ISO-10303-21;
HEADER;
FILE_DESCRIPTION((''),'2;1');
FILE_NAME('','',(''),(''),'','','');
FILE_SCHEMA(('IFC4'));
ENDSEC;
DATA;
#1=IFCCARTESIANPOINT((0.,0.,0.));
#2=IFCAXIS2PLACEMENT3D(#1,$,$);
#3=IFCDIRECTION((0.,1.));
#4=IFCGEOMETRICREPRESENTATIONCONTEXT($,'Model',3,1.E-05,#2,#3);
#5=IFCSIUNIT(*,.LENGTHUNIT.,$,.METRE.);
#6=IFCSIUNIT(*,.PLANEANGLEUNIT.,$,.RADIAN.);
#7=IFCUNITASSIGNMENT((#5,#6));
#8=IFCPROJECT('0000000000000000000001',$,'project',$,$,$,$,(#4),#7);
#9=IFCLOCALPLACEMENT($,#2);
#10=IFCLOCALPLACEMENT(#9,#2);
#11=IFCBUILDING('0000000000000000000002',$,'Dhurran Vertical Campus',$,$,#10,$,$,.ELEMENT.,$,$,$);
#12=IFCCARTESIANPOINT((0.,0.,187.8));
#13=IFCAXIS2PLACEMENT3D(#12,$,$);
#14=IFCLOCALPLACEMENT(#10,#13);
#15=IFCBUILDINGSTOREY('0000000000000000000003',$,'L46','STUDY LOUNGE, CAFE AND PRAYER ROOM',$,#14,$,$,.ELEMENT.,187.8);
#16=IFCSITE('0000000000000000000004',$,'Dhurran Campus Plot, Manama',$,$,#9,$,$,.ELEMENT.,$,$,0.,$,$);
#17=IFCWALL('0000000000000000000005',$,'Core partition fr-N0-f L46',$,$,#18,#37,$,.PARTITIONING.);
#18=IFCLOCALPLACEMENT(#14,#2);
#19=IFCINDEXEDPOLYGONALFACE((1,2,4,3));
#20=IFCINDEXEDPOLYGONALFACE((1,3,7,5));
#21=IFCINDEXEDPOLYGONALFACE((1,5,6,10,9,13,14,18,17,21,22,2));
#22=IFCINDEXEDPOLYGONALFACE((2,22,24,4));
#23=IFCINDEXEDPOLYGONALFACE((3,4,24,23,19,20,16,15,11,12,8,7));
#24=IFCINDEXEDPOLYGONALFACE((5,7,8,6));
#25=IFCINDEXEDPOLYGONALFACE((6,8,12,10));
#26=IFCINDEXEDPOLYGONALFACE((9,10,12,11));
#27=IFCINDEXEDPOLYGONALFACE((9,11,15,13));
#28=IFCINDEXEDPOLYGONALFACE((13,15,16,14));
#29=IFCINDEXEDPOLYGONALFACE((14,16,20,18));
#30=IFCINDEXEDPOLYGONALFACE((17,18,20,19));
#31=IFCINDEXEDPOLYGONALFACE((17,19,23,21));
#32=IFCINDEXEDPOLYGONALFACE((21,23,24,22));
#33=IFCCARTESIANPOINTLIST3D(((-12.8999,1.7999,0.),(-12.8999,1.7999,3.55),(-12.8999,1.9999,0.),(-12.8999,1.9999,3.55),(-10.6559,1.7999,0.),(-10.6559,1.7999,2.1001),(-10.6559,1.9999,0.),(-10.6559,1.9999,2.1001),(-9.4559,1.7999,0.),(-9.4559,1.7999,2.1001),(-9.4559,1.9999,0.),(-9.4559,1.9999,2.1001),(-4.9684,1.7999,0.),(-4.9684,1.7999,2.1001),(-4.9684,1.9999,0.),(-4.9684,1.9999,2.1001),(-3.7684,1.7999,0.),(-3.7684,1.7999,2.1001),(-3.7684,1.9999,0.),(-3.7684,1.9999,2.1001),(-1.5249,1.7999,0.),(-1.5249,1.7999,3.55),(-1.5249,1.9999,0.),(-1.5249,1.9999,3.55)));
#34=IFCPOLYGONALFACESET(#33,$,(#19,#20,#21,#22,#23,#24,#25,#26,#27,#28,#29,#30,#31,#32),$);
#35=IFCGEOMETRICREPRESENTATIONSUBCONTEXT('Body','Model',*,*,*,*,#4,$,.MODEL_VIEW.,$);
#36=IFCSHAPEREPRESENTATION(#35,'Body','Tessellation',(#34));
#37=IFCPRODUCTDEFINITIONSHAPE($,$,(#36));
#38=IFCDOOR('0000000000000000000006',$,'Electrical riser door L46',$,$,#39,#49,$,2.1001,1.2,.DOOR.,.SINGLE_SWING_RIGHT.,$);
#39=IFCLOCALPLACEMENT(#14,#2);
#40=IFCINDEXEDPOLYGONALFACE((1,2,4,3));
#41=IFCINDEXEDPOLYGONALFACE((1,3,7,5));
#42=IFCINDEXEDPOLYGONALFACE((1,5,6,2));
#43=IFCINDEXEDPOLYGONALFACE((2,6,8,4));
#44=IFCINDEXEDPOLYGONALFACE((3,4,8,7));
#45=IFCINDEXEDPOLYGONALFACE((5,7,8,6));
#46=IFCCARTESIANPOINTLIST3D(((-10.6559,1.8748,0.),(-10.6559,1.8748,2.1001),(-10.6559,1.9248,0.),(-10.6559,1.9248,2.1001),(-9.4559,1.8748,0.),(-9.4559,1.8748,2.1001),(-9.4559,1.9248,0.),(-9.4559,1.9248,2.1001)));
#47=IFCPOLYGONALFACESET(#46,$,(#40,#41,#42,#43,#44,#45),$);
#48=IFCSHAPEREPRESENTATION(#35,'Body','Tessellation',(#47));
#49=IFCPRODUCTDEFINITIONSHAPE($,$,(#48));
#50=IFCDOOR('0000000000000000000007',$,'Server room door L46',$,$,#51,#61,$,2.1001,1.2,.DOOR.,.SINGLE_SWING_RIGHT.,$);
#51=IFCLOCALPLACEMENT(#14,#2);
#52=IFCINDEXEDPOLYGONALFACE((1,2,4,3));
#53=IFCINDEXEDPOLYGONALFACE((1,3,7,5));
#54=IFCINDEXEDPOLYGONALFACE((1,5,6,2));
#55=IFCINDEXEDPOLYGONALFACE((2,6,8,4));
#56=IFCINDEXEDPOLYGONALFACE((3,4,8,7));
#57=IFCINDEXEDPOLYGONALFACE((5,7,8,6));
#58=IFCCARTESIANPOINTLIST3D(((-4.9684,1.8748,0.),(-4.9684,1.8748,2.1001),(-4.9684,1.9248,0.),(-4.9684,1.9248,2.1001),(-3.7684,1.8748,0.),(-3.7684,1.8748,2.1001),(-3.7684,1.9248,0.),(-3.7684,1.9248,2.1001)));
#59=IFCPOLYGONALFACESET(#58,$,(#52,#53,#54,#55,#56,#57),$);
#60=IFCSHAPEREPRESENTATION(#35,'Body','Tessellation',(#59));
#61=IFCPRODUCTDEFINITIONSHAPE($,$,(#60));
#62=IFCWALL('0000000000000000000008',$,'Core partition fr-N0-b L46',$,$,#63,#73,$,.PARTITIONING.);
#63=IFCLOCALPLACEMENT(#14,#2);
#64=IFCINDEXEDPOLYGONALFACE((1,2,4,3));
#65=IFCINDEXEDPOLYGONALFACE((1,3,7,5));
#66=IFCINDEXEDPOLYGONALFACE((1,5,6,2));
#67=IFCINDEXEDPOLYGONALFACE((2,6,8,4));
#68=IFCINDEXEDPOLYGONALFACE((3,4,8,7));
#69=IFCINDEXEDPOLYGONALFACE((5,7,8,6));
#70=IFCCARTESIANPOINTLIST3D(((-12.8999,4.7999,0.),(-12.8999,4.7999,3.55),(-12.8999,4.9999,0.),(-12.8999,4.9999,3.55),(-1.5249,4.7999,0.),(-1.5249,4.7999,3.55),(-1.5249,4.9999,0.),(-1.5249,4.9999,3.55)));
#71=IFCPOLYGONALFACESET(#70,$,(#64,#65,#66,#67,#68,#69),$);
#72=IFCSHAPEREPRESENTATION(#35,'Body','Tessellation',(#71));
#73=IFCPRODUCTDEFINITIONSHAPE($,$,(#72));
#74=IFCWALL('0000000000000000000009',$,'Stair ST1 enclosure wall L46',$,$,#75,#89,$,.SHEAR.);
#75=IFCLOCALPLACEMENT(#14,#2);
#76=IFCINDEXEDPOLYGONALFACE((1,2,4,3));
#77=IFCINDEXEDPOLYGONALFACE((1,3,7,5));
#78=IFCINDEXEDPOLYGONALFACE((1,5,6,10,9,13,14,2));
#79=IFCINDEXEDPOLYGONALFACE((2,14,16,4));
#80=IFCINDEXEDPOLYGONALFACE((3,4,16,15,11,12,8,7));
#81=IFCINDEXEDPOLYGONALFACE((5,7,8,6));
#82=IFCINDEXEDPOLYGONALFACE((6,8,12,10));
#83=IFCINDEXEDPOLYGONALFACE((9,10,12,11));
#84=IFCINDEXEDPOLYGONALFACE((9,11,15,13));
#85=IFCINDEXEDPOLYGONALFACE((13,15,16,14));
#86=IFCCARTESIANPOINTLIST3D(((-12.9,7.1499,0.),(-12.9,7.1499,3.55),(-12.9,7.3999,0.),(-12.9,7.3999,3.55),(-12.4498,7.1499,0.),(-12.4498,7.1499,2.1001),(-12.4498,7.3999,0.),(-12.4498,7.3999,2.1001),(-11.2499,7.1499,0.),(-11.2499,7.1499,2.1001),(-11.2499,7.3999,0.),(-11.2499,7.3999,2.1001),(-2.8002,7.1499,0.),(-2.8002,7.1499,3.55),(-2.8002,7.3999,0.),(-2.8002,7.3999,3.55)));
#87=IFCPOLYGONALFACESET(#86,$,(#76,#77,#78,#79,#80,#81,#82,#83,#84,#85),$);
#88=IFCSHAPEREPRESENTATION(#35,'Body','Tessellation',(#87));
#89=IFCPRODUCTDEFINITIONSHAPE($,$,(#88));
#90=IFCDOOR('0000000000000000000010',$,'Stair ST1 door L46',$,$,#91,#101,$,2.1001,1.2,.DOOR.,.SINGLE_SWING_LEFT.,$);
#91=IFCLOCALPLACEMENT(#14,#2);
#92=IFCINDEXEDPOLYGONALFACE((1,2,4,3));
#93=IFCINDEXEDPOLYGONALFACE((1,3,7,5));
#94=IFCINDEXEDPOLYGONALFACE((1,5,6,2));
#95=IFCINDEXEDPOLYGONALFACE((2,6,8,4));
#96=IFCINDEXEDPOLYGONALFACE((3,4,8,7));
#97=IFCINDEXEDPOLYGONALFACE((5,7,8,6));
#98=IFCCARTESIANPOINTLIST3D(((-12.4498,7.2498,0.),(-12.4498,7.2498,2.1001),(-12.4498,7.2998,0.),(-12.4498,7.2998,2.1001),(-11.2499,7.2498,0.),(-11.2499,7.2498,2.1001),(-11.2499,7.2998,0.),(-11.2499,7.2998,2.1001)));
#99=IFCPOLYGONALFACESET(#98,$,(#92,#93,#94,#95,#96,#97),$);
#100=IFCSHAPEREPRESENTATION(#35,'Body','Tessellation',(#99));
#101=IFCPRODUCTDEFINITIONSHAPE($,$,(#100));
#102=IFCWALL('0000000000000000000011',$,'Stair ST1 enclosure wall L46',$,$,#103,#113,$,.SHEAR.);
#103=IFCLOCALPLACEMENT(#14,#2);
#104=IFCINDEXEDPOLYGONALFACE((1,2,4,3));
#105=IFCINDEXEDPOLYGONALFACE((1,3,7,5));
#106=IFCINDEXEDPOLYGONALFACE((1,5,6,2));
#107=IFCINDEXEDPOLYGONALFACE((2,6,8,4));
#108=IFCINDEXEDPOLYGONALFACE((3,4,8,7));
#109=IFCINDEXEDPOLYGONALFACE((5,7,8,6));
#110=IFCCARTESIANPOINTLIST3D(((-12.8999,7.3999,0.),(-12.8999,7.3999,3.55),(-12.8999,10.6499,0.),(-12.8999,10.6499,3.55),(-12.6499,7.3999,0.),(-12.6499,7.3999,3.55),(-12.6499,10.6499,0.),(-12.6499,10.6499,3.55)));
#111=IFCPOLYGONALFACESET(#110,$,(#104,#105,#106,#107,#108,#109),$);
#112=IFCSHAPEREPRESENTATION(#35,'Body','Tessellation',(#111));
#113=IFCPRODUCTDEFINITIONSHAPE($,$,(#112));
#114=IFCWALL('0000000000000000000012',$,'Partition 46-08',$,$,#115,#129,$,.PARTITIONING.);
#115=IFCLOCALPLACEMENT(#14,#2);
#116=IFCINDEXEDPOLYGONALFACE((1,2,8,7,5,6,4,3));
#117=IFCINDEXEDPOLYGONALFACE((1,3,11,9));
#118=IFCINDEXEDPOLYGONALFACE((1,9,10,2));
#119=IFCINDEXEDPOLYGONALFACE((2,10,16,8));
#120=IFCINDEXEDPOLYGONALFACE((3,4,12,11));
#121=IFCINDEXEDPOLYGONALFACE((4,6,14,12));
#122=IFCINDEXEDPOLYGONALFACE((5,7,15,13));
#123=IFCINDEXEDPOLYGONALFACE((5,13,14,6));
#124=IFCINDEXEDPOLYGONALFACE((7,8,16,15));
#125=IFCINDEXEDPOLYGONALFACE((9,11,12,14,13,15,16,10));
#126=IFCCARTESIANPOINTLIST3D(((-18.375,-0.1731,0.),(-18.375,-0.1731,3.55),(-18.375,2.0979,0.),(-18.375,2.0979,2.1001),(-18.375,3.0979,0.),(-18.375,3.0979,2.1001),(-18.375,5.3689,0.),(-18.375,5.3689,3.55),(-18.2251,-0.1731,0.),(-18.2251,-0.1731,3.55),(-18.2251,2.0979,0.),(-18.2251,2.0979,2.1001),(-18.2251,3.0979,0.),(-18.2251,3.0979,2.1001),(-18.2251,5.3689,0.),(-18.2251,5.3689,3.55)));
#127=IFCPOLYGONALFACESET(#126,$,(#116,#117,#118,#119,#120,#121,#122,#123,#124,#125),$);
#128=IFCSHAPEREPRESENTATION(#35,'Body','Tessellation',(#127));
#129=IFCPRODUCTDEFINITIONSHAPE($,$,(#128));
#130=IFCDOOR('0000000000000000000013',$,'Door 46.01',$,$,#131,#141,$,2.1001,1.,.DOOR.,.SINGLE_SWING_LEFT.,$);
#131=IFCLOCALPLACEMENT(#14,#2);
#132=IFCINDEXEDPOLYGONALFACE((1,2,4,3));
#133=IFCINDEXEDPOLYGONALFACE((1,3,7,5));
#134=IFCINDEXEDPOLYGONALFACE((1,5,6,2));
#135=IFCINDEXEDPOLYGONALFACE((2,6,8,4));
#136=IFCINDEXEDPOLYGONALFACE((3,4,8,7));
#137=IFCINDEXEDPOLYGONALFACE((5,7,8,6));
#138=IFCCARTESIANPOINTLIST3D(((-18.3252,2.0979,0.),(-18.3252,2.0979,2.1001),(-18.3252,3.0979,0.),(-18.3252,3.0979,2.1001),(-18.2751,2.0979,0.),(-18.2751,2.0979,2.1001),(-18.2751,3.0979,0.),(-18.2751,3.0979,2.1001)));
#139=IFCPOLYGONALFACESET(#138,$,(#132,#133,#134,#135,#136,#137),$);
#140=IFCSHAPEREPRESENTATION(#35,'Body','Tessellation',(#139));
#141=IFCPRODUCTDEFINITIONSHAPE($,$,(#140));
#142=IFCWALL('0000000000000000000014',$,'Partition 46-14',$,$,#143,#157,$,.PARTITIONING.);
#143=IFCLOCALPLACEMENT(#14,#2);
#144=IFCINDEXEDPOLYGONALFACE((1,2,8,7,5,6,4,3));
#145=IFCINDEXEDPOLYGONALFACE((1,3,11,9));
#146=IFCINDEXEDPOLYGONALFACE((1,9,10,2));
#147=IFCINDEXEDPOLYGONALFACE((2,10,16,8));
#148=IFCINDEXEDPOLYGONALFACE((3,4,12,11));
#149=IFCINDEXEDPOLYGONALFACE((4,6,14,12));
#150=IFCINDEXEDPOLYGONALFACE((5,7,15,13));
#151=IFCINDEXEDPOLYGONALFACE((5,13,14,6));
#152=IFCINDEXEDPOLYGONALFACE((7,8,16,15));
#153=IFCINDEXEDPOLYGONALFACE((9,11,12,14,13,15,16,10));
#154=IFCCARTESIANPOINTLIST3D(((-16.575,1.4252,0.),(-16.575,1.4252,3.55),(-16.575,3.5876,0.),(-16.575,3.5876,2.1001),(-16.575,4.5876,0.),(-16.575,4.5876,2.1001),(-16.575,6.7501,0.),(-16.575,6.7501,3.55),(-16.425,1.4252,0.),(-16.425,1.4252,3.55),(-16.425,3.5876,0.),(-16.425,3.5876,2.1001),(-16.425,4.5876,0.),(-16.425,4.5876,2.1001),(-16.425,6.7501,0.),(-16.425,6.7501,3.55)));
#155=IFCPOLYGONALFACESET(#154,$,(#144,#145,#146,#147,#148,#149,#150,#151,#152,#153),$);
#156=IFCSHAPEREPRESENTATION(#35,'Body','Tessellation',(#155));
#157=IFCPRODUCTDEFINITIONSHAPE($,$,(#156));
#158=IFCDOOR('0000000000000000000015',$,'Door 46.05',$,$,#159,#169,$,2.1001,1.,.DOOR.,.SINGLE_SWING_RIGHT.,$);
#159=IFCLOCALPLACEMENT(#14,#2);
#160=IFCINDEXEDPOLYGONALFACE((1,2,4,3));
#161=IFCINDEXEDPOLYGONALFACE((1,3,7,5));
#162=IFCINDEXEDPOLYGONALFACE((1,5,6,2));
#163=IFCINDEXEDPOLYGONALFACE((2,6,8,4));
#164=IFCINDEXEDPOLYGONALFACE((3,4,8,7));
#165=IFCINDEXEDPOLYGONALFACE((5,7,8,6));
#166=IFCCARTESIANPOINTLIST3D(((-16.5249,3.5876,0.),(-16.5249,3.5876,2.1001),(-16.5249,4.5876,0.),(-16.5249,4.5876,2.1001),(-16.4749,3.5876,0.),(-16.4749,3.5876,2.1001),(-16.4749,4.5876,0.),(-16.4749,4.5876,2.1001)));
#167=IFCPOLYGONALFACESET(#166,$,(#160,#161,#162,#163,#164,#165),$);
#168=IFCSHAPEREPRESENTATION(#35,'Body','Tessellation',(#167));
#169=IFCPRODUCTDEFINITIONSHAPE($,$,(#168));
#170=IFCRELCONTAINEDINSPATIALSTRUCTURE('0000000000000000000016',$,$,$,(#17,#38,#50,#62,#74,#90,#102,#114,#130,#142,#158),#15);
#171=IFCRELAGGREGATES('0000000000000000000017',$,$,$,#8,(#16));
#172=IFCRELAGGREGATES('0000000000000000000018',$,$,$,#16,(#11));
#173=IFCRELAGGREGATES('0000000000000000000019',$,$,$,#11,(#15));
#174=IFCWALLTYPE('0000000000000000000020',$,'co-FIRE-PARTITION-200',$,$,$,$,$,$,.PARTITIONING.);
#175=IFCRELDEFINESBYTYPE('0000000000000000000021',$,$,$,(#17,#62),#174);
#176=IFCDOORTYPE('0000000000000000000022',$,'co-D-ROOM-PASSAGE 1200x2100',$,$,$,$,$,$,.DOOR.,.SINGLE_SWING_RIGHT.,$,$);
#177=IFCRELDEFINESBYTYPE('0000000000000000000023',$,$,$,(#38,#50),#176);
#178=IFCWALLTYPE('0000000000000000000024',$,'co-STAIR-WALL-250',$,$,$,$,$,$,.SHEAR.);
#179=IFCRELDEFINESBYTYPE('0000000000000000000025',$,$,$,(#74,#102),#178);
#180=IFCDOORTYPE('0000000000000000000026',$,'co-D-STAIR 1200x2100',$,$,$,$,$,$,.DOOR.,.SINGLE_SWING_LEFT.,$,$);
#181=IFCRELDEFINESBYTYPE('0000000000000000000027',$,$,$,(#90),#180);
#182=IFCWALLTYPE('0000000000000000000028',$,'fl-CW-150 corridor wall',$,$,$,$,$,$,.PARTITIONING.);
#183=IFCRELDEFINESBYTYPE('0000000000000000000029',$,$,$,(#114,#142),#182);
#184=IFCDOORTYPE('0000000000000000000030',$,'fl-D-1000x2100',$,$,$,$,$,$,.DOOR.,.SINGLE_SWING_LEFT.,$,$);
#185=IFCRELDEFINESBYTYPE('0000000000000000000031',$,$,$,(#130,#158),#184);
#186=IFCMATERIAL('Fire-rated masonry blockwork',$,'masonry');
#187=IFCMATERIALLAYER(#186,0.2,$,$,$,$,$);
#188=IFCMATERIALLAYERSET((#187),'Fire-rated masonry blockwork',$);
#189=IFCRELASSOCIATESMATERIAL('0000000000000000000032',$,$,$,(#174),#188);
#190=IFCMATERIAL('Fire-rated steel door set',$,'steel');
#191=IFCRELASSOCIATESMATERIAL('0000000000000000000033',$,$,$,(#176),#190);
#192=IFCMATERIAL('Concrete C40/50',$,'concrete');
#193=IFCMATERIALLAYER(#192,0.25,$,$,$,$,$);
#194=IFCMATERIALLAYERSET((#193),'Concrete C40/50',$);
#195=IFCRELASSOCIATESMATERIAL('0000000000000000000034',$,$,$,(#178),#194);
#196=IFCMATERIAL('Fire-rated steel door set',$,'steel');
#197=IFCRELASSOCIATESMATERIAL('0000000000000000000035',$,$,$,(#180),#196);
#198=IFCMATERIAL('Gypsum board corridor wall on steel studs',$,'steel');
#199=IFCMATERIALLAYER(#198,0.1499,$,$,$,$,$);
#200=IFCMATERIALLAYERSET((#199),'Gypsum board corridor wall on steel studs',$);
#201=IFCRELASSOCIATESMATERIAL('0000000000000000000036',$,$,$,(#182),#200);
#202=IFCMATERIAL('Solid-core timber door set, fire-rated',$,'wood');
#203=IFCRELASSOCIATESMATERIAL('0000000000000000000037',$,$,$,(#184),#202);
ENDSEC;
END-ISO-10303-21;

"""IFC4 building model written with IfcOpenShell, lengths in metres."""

from ifc_helpers import new_model, si_unit, direction, frame, frame_2d, origin, place, context, subcontext, project, spatial, rectangle, extrude, material, layer, layer_set, type_object, element, fill, save


model = new_model("IFC4")

# Units and contexts
model_context = context("Model", 3, precision=1e-05, world=origin(), true_north=direction((0.0, 1.0)))
body_context = subcontext(model_context, "Body", "Model", "MODEL_VIEW")
ifc_project = project(units=[si_unit("LENGTHUNIT", "METRE"), si_unit("PLANEANGLEUNIT", "RADIAN")], contexts=[model_context])

# Site, building, storey
site_placement = place(None, origin())
site = spatial("IfcSite", under=ifc_project, at=site_placement, Name="Dhurran Campus Plot, Manama", CompositionType="ELEMENT", RefElevation=0.0)
building_placement = place(site_placement, origin())
building = spatial("IfcBuilding", under=site, at=building_placement, Name="Dhurran Vertical Campus", CompositionType="ELEMENT")
storey_placement = place(building_placement, frame((0.0, 0.0, 187.8)))
storey = spatial("IfcBuildingStorey", under=building, at=storey_placement, Name="L46", Description="STUDY LOUNGE, CAFE AND PRAYER ROOM", CompositionType="ELEMENT", Elevation=187.8)

# Wall, openings, doors
ifc_material_1 = material(Name="Fire-rated masonry blockwork", Category="masonry")
ifc_layer_1 = layer(ifc_material_1, 0.2)
ifc_layer_set_1 = layer_set([ifc_layer_1], Name="Fire-rated masonry blockwork")
wall_type_1 = type_object("IfcWallType", Name="co-FIRE-PARTITION-200", PredefinedType="PARTITIONING", material=ifc_layer_set_1)
wall_1_placement = place(storey_placement, frame((-12.8999, 1.8999, 0.0), z_axis=(0.0, 0.0, 1.0), x_axis=(1.0, 0.0, 0.0)))
wall_1 = element("IfcWall", 1, at=wall_1_placement, inside=storey, type_object=wall_type_1, Name="Core partition fr-N0-f L46", PredefinedType="PARTITIONING", context=body_context, shape_type="SweptSolid", body=[
    extrude(rectangle(XDim=11.375, YDim=0.2, at=frame_2d((5.6875, 0.0))), origin(), (0.0, 0.0, 1.0), 3.55),
])
opening_1_placement = place(wall_1_placement, frame((2.2439, 0.0, 0.0)))
opening_1 = element("IfcOpeningElement", 2, at=opening_1_placement, cuts=wall_1, PredefinedType="OPENING", context=body_context, shape_type="SweptSolid", body=[
    extrude(rectangle(XDim=1.2, YDim=2.1001, at=frame_2d((0.6001, 1.05))), frame((0.0, 0.1099, 0.0), z_axis=(0.0, -1.0, 0.0), x_axis=(1.0, 0.0, 0.0)), (0.0, 0.0, 1.0), 0.22),
])
opening_2_placement = place(wall_1_placement, frame((7.9314, 0.0, 0.0)))
opening_2 = element("IfcOpeningElement", 3, at=opening_2_placement, cuts=wall_1, PredefinedType="OPENING", context=body_context, shape_type="SweptSolid", body=[
    extrude(rectangle(XDim=1.2, YDim=2.1001, at=frame_2d((0.6001, 1.05))), frame((0.0, 0.1099, 0.0), z_axis=(0.0, -1.0, 0.0), x_axis=(1.0, 0.0, 0.0)), (0.0, 0.0, 1.0), 0.22),
])
ifc_material_2 = material(Name="Fire-rated steel door set", Category="steel")
door_type_1 = type_object("IfcDoorType", Name="co-D-ROOM-PASSAGE 1200x2100", OperationType="SINGLE_SWING_RIGHT", PredefinedType="DOOR", material=ifc_material_2)
door_1_placement = place(opening_1_placement, origin())
door_1 = element("IfcDoor", 4, at=door_1_placement, inside=storey, type_object=door_type_1, Name="Electrical riser door L46", OperationType="SINGLE_SWING_RIGHT", OverallHeight=2.1001, OverallWidth=1.2, PredefinedType="DOOR", context=body_context, shape_type="SweptSolid", body=[
    extrude(rectangle(XDim=1.2, YDim=2.1001, at=frame_2d((0.6001, 1.05))), frame((0.0, 0.0249, 0.0), z_axis=(0.0, -1.0, 0.0), x_axis=(1.0, 0.0, 0.0)), (0.0, 0.0, 1.0), 0.05),
])
fill(opening_1, door_1)
door_2_placement = place(opening_2_placement, origin())
door_2 = element("IfcDoor", 5, at=door_2_placement, inside=storey, type_object=door_type_1, Name="Server room door L46", OperationType="SINGLE_SWING_RIGHT", OverallHeight=2.1001, OverallWidth=1.2, PredefinedType="DOOR", context=body_context, shape_type="SweptSolid", body=[
    extrude(rectangle(XDim=1.2, YDim=2.1001, at=frame_2d((0.6001, 1.05))), frame((0.0, 0.0249, 0.0), z_axis=(0.0, -1.0, 0.0), x_axis=(1.0, 0.0, 0.0)), (0.0, 0.0, 1.0), 0.05),
])
fill(opening_2, door_2)

# Wall
wall_2_placement = place(storey_placement, frame((-12.8999, 4.8999, 0.0), z_axis=(0.0, 0.0, 1.0), x_axis=(1.0, 0.0, 0.0)))
element("IfcWall", 6, at=wall_2_placement, inside=storey, type_object=wall_type_1, Name="Core partition fr-N0-b L46", PredefinedType="PARTITIONING", context=body_context, shape_type="SweptSolid", body=[
    extrude(rectangle(XDim=11.375, YDim=0.2, at=frame_2d((5.6875, 0.0))), origin(), (0.0, 0.0, 1.0), 3.55),
])

# Wall, opening, door
ifc_material_3 = material(Name="Concrete C40/50", Category="concrete")
ifc_layer_2 = layer(ifc_material_3, 0.25)
ifc_layer_set_2 = layer_set([ifc_layer_2], Name="Concrete C40/50")
wall_type_2 = type_object("IfcWallType", Name="co-STAIR-WALL-250", PredefinedType="SHEAR", material=ifc_layer_set_2)
wall_3_placement = place(storey_placement, frame((-12.8999, 7.2749, 0.0), z_axis=(0.0, 0.0, 1.0), x_axis=(1.0, 0.0, 0.0)))
wall_3 = element("IfcWall", 7, at=wall_3_placement, inside=storey, type_object=wall_type_2, Name="Stair ST1 enclosure wall L46", PredefinedType="SHEAR", context=body_context, shape_type="SweptSolid", body=[
    extrude(rectangle(XDim=10.0999, YDim=0.25, at=frame_2d((5.0498, 0.0))), origin(), (0.0, 0.0, 1.0), 3.55),
])
opening_3_placement = place(wall_3_placement, frame((0.45, 0.0, 0.0)))
opening_3 = element("IfcOpeningElement", 8, at=opening_3_placement, cuts=wall_3, PredefinedType="OPENING", context=body_context, shape_type="SweptSolid", body=[
    extrude(rectangle(XDim=1.2, YDim=2.1001, at=frame_2d((0.6001, 1.05))), frame((0.0, 0.135, 0.0), z_axis=(0.0, -1.0, 0.0), x_axis=(1.0, 0.0, 0.0)), (0.0, 0.0, 1.0), 0.27),
])
ifc_material_4 = material(Name="Fire-rated steel door set", Category="steel")
door_type_2 = type_object("IfcDoorType", Name="co-D-STAIR 1200x2100", OperationType="SINGLE_SWING_LEFT", PredefinedType="DOOR", material=ifc_material_4)
door_3_placement = place(opening_3_placement, origin())
door_3 = element("IfcDoor", 9, at=door_3_placement, inside=storey, type_object=door_type_2, Name="Stair ST1 door L46", OperationType="SINGLE_SWING_LEFT", OverallHeight=2.1001, OverallWidth=1.2, PredefinedType="DOOR", context=body_context, shape_type="SweptSolid", body=[
    extrude(rectangle(XDim=1.2, YDim=2.1001, at=frame_2d((0.6001, 1.05))), frame((0.0, 0.0249, 0.0), z_axis=(0.0, -1.0, 0.0), x_axis=(1.0, 0.0, 0.0)), (0.0, 0.0, 1.0), 0.05),
])
fill(opening_3, door_3)

# Wall
wall_4_placement = place(storey_placement, frame((-12.7749, 7.3999, 0.0), z_axis=(0.0, 0.0, 1.0), x_axis=(0.0, 1.0, 0.0)))
element("IfcWall", 10, at=wall_4_placement, inside=storey, type_object=wall_type_2, Name="Stair ST1 enclosure wall L46", PredefinedType="SHEAR", context=body_context, shape_type="SweptSolid", body=[
    extrude(rectangle(XDim=3.25, YDim=0.25, at=frame_2d((1.625, 0.0))), origin(), (0.0, 0.0, 1.0), 3.55),
])

# Walls, openings, doors
ifc_material_5 = material(Name="Gypsum board corridor wall on steel studs", Category="steel")
ifc_layer_3 = layer(ifc_material_5, 0.1499)
ifc_layer_set_3 = layer_set([ifc_layer_3], Name="Gypsum board corridor wall on steel studs")
wall_type_3 = type_object("IfcWallType", Name="fl-CW-150 corridor wall", PredefinedType="PARTITIONING", material=ifc_layer_set_3)
wall_5_placement = place(storey_placement, frame((-18.3, 5.3689, 0.0), z_axis=(0.0, 0.0, 1.0), x_axis=(0.0, -1.0, 0.0)))
wall_5 = element("IfcWall", 11, at=wall_5_placement, inside=storey, type_object=wall_type_3, Name="Partition 46-08", PredefinedType="PARTITIONING", context=body_context, shape_type="SweptSolid", body=[
    extrude(rectangle(XDim=5.542, YDim=0.1499, at=frame_2d((2.771, 0.0))), origin(), (0.0, 0.0, 1.0), 3.55),
])
opening_4_placement = place(wall_5_placement, frame((2.271, 0.0, 0.0)))
opening_4 = element("IfcOpeningElement", 12, at=opening_4_placement, cuts=wall_5, PredefinedType="OPENING", context=body_context, shape_type="SweptSolid", body=[
    extrude(rectangle(XDim=1.0, YDim=2.1001, at=frame_2d((0.5, 1.05))), frame((0.0, 0.085, 0.0), z_axis=(0.0, -1.0, 0.0), x_axis=(1.0, 0.0, 0.0)), (0.0, 0.0, 1.0), 0.1699),
])
ifc_material_6 = material(Name="Solid-core timber door set, fire-rated", Category="wood")
door_type_3 = type_object("IfcDoorType", Name="fl-D-1000x2100", OperationType="SINGLE_SWING_LEFT", PredefinedType="DOOR", material=ifc_material_6)
door_4_placement = place(opening_4_placement, origin())
door_4 = element("IfcDoor", 13, at=door_4_placement, inside=storey, type_object=door_type_3, Name="Door 46.01", OperationType="SINGLE_SWING_LEFT", OverallHeight=2.1001, OverallWidth=1.0, PredefinedType="DOOR", context=body_context, shape_type="SweptSolid", body=[
    extrude(rectangle(XDim=1.0, YDim=2.1001, at=frame_2d((0.5, 1.05))), frame((0.0, 0.0249, 0.0), z_axis=(0.0, -1.0, 0.0), x_axis=(1.0, 0.0, 0.0)), (0.0, 0.0, 1.0), 0.05),
])
fill(opening_4, door_4)
wall_6_placement = place(storey_placement, frame((-16.5, 1.425, 0.0), z_axis=(0.0, 0.0, 1.0), x_axis=(0.0, 1.0, 0.0)))
wall_6 = element("IfcWall", 14, at=wall_6_placement, inside=storey, type_object=wall_type_3, Name="Partition 46-14", PredefinedType="PARTITIONING", context=body_context, shape_type="SweptSolid", body=[
    extrude(rectangle(XDim=5.325, YDim=0.1499, at=frame_2d((2.6626, 0.0))), origin(), (0.0, 0.0, 1.0), 3.55),
])
opening_5_placement = place(wall_6_placement, frame((2.1626, 0.0, 0.0)))
opening_5 = element("IfcOpeningElement", 15, at=opening_5_placement, cuts=wall_6, PredefinedType="OPENING", context=body_context, shape_type="SweptSolid", body=[
    extrude(rectangle(XDim=1.0, YDim=2.1001, at=frame_2d((0.5, 1.05))), frame((0.0, 0.085, 0.0), z_axis=(0.0, -1.0, 0.0), x_axis=(1.0, 0.0, 0.0)), (0.0, 0.0, 1.0), 0.1699),
])
door_5_placement = place(opening_5_placement, origin())
door_5 = element("IfcDoor", 16, at=door_5_placement, inside=storey, type_object=door_type_3, Name="Door 46.05", OperationType="SINGLE_SWING_RIGHT", OverallHeight=2.1001, OverallWidth=1.0, PredefinedType="DOOR", context=body_context, shape_type="SweptSolid", body=[
    extrude(rectangle(XDim=1.0, YDim=2.1001, at=frame_2d((0.5, 1.05))), frame((0.0, 0.0249, 0.0), z_axis=(0.0, -1.0, 0.0), x_axis=(1.0, 0.0, 0.0)), (0.0, 0.0, 1.0), 0.05),
])
fill(opening_5, door_5)

save(model, "model.ifc")
